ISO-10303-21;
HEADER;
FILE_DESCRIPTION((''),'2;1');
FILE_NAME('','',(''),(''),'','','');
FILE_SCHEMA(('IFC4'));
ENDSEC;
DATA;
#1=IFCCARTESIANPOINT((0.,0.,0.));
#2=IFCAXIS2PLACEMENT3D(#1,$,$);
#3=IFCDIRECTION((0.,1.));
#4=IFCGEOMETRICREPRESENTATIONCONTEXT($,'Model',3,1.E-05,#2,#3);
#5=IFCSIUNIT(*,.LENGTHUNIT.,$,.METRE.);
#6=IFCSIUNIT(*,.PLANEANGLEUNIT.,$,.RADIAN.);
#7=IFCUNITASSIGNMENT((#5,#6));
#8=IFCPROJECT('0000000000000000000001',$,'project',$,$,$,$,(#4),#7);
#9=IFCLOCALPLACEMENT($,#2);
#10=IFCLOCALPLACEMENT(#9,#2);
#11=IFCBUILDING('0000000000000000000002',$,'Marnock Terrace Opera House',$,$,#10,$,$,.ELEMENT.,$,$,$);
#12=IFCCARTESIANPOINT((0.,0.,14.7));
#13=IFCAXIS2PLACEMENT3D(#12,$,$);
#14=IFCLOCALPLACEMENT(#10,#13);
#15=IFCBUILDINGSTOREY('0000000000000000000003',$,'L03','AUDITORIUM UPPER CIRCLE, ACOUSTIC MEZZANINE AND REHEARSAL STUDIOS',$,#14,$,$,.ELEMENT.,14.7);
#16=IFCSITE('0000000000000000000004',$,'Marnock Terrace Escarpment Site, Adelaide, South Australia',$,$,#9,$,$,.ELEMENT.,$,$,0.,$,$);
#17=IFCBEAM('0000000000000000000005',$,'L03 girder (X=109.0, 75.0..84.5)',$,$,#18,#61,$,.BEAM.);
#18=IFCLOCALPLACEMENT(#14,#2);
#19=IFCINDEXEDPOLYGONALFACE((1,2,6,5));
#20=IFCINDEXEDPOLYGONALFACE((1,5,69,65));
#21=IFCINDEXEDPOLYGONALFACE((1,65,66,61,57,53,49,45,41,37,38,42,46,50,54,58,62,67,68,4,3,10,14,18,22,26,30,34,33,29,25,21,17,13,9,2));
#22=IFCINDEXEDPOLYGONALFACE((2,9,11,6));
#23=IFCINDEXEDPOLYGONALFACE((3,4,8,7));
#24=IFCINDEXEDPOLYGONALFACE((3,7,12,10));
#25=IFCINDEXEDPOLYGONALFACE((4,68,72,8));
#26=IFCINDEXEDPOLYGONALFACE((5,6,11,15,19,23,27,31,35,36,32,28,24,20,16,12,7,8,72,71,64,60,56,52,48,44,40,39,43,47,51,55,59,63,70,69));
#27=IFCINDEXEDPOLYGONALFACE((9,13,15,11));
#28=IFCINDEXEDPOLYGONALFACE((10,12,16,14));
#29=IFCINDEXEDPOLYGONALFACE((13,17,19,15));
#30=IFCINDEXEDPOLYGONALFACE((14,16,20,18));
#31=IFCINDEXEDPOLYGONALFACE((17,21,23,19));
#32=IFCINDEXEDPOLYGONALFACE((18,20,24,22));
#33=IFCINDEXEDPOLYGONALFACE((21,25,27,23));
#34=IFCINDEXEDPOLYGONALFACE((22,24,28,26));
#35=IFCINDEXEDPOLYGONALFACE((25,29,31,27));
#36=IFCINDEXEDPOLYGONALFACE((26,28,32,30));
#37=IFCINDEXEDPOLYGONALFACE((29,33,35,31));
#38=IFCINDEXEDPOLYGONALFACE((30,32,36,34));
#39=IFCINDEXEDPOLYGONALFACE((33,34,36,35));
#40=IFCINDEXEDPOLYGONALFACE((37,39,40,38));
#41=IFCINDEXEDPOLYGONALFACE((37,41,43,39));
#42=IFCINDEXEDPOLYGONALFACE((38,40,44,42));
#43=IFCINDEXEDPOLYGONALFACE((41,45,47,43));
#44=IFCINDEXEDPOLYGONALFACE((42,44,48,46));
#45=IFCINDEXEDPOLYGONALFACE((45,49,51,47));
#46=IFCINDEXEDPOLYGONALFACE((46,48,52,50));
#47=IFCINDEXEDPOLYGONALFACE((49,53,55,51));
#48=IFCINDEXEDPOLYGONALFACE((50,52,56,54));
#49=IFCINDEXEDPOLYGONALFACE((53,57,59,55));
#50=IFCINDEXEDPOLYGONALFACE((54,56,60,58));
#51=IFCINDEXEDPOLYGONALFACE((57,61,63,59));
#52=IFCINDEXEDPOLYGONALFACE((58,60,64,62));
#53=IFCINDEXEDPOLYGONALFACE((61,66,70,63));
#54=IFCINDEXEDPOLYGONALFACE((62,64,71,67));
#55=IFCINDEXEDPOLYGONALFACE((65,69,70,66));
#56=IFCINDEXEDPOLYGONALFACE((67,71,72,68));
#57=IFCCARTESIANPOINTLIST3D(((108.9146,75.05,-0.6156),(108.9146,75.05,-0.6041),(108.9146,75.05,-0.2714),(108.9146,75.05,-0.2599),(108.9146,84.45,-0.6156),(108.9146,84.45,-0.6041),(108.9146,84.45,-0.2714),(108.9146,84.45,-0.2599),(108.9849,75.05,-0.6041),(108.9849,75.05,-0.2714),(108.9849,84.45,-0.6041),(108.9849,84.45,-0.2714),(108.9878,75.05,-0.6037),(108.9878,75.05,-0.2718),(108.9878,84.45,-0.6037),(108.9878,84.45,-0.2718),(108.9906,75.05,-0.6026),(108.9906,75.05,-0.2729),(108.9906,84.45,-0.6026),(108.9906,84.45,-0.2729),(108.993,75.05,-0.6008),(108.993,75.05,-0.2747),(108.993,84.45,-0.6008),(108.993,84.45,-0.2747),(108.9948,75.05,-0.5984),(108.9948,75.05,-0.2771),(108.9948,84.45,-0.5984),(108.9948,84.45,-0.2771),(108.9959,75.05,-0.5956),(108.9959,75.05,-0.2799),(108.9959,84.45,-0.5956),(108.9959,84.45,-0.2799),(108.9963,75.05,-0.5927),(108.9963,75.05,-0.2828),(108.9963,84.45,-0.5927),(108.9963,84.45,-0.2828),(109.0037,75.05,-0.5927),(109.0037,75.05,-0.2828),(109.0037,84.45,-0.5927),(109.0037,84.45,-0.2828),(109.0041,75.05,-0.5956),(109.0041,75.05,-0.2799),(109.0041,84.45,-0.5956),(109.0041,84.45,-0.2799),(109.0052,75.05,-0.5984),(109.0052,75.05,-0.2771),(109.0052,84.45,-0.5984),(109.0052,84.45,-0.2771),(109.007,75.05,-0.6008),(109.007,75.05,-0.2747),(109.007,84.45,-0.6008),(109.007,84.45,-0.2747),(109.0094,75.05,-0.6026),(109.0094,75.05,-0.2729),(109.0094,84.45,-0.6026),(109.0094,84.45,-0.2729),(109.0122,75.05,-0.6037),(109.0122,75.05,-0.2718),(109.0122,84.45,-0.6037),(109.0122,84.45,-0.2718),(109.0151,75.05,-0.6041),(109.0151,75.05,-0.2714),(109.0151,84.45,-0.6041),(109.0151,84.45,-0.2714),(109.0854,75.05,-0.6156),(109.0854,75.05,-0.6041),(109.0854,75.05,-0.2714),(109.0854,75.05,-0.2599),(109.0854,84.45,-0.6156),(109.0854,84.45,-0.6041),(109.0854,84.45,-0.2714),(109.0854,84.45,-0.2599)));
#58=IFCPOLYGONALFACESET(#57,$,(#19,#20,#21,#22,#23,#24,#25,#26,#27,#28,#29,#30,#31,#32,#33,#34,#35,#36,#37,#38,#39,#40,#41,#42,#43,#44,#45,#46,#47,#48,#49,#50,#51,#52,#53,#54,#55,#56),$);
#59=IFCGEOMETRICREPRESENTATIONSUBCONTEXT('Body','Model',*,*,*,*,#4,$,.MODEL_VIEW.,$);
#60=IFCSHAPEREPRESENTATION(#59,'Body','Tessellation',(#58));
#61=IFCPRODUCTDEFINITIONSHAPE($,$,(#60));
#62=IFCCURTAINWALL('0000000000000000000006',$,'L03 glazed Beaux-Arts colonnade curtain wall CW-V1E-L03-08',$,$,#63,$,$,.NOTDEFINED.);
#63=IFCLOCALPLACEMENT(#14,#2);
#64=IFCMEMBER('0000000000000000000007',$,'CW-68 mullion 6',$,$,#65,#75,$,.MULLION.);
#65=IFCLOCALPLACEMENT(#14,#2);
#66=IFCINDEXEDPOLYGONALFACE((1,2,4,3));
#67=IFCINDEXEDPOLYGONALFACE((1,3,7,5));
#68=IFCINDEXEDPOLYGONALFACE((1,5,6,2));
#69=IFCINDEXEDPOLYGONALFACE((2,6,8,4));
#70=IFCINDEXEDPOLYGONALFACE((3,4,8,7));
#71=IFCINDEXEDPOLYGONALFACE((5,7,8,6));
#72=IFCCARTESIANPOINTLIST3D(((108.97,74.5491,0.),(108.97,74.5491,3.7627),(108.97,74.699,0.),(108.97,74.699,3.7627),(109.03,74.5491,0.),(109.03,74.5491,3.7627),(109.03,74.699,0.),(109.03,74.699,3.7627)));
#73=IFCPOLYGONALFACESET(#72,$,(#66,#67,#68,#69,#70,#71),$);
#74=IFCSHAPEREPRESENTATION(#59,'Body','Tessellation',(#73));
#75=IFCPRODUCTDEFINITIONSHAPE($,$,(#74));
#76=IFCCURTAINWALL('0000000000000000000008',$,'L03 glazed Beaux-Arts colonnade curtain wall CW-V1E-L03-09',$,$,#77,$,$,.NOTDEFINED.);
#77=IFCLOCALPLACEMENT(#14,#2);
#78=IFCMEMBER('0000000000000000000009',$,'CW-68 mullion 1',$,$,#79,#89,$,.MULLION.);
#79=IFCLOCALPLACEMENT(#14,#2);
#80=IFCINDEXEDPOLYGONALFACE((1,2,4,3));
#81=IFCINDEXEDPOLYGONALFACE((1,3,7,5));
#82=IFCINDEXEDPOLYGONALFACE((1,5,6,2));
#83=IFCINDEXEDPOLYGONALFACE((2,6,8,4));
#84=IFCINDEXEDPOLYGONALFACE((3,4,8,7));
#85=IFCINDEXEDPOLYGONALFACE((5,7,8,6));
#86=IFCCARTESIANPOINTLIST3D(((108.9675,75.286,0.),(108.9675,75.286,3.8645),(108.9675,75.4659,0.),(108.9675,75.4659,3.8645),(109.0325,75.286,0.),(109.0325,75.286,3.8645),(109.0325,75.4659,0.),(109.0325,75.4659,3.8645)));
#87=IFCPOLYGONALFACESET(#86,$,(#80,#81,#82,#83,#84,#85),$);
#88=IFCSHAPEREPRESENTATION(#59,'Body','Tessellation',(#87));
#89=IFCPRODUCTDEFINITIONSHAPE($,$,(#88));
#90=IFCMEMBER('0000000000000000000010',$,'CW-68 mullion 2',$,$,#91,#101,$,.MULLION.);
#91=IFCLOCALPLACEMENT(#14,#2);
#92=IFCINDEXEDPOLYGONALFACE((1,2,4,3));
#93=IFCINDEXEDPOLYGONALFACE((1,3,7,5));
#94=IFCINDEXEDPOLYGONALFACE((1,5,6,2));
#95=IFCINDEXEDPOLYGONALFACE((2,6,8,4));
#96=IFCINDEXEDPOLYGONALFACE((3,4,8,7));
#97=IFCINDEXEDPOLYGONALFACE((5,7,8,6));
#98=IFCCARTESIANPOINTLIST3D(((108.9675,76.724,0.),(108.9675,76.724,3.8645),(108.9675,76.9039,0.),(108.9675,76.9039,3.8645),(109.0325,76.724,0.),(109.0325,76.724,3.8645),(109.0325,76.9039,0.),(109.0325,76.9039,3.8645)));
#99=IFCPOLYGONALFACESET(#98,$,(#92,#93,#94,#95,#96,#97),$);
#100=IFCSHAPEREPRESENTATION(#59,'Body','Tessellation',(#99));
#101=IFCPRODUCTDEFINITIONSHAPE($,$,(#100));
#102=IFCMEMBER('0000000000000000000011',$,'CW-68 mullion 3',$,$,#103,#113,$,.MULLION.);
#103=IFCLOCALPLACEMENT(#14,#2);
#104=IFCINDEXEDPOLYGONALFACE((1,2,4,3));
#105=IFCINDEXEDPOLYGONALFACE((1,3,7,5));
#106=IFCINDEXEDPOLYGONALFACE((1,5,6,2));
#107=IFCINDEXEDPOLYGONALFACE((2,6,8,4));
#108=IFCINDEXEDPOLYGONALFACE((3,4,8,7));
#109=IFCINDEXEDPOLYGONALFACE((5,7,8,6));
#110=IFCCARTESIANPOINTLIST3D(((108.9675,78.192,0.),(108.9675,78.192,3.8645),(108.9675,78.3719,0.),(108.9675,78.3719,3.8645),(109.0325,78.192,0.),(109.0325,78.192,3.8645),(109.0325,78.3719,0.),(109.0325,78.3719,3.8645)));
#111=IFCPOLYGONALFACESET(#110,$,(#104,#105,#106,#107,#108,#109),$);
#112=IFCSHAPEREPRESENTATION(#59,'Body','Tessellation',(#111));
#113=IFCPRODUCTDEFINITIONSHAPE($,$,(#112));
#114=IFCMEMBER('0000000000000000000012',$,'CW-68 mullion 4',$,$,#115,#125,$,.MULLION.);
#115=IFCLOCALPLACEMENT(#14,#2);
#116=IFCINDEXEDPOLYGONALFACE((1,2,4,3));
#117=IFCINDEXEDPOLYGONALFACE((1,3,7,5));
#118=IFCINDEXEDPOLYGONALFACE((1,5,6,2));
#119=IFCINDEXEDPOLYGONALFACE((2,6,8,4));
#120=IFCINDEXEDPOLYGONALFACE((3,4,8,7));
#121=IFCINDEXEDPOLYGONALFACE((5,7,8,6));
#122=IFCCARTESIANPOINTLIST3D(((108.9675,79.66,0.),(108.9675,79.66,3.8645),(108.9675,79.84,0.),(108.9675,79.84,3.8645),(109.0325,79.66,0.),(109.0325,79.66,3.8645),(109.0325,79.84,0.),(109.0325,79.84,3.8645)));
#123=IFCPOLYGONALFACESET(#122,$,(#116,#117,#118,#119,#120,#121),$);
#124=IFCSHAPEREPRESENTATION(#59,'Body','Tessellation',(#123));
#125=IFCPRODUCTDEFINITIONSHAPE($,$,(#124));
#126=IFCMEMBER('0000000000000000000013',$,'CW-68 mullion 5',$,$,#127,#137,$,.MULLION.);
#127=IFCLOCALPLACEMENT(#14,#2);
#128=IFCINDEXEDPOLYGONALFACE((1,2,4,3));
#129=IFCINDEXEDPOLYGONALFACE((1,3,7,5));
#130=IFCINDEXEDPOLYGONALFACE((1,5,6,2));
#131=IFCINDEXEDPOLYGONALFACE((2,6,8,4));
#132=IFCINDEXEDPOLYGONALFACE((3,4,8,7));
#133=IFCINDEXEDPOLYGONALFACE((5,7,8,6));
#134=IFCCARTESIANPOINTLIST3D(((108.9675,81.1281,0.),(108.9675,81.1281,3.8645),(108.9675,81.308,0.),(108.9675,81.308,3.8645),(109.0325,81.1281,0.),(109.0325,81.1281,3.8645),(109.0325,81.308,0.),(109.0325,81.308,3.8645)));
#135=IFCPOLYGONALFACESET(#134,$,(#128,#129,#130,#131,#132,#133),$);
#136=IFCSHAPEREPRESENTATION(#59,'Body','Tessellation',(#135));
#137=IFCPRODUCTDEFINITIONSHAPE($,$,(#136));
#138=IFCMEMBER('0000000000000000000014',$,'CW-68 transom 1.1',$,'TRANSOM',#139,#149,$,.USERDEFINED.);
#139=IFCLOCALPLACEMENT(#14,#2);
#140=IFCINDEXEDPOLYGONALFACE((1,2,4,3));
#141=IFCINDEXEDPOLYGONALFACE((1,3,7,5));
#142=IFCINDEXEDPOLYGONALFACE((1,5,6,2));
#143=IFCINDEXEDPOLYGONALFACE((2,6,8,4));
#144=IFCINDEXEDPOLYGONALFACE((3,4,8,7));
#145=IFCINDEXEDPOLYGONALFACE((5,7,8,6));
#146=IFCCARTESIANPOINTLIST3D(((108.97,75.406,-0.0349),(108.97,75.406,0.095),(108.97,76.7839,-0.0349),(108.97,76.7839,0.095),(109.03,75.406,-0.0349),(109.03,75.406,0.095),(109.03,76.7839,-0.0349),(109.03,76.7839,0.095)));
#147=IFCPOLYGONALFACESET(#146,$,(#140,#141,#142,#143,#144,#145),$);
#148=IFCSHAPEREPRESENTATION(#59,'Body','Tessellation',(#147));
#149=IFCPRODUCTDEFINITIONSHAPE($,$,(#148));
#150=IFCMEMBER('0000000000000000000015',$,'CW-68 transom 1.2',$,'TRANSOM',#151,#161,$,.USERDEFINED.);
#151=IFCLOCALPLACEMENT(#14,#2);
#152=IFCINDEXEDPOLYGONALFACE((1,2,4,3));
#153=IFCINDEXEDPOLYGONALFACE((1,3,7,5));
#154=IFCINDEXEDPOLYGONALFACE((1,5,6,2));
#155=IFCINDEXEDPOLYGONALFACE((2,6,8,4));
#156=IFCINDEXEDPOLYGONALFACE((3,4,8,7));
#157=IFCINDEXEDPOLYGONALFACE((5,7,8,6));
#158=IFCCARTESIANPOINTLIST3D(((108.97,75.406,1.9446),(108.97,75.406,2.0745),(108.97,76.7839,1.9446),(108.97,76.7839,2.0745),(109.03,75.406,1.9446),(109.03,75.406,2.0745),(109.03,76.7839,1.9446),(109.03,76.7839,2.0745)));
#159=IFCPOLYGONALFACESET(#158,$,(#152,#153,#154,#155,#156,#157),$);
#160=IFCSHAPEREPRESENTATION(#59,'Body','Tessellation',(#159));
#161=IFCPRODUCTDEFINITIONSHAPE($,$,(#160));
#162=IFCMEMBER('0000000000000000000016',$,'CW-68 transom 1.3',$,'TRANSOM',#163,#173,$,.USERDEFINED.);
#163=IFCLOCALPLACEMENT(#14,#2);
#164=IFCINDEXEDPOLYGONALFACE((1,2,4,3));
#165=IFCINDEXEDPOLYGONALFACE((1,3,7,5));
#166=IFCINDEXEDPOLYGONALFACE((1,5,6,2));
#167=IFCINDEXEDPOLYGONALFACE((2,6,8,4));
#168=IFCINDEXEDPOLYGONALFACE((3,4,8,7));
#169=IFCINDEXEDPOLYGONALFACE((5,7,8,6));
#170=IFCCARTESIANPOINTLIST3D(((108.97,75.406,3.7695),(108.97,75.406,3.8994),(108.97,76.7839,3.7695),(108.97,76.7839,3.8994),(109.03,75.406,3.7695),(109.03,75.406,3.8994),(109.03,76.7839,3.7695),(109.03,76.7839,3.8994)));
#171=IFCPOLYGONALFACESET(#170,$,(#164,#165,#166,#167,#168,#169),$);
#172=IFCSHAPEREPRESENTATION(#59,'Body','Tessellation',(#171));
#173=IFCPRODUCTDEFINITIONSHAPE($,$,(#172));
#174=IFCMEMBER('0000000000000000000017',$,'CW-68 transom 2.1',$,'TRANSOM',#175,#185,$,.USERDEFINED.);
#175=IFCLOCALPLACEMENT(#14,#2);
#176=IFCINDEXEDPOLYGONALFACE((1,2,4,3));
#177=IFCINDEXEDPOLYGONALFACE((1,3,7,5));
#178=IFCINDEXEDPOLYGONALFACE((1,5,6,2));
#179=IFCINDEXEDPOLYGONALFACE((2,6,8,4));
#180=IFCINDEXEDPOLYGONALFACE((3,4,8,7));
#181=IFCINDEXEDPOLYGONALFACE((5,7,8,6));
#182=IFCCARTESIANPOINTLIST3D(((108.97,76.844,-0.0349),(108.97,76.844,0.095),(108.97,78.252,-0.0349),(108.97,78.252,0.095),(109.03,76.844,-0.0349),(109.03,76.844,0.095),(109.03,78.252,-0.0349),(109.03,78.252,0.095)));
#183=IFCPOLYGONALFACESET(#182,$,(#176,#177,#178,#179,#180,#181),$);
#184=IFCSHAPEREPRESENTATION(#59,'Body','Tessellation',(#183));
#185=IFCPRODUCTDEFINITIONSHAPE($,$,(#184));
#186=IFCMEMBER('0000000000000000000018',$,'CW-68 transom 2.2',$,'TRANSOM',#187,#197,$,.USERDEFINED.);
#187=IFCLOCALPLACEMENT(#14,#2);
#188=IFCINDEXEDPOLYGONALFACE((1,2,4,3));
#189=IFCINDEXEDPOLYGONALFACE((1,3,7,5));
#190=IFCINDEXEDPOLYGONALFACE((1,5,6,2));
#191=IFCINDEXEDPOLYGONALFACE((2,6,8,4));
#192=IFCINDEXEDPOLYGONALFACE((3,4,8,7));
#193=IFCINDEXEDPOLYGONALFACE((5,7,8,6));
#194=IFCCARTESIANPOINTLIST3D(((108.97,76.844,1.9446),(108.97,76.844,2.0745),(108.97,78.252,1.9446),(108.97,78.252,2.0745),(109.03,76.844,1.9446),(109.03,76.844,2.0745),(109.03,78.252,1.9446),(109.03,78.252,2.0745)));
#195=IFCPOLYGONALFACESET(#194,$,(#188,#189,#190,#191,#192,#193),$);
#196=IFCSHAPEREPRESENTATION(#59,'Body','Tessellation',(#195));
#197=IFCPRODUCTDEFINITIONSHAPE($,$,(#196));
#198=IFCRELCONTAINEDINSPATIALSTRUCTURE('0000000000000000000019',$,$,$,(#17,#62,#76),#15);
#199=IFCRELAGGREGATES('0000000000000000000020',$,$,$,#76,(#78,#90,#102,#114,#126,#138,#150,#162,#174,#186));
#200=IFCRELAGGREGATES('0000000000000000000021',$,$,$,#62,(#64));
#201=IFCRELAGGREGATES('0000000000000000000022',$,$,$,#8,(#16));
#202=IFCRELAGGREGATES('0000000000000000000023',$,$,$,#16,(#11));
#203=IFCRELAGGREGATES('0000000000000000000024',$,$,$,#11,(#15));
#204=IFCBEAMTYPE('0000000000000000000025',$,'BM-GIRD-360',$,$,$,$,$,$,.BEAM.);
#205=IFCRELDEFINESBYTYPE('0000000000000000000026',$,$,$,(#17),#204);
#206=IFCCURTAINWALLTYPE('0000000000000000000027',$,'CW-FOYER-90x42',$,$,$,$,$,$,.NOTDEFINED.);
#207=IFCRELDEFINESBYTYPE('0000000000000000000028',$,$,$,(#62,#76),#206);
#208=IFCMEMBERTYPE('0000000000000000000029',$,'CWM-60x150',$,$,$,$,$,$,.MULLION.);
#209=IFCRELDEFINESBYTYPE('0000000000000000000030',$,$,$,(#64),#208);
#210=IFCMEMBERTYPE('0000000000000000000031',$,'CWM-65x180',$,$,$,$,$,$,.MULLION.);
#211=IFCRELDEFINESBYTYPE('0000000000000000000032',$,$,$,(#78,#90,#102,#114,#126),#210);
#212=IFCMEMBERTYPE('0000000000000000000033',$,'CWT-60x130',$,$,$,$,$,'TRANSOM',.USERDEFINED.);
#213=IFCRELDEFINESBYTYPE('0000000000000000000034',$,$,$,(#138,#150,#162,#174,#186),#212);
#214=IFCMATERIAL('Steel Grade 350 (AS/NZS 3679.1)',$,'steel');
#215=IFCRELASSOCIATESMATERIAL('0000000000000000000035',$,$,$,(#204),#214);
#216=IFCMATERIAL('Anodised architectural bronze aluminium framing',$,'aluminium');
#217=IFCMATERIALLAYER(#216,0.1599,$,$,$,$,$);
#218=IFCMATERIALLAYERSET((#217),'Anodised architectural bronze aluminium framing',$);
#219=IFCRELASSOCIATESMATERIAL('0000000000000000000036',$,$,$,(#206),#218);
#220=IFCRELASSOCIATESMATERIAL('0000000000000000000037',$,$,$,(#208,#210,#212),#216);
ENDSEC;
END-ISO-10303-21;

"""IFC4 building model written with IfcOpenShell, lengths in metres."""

from ifc_helpers import new_model, si_unit, direction, frame, origin, origin_2d, place, context, subcontext, project, spatial, rectangle, i_section, extrude, material, layer, layer_set, material_profile, profile_set, type_object, element, aggregate, save


model = new_model("IFC4")

# Units and contexts
model_context = context("Model", 3, precision=1e-05, world=origin(), true_north=direction((0.0, 1.0)))
body_context = subcontext(model_context, "Body", "Model", "MODEL_VIEW")
ifc_project = project(units=[si_unit("LENGTHUNIT", "METRE"), si_unit("PLANEANGLEUNIT", "RADIAN")], contexts=[model_context])

# Site, building, storey
site_placement = place(None, origin())
site = spatial("IfcSite", under=ifc_project, at=site_placement, Name="Marnock Terrace Escarpment Site, Adelaide, South Australia", CompositionType="ELEMENT", RefElevation=0.0)
building_placement = place(site_placement, origin())
building = spatial("IfcBuilding", under=site, at=building_placement, Name="Marnock Terrace Opera House", CompositionType="ELEMENT")
storey_placement = place(building_placement, frame((0.0, 0.0, 14.7)))
storey = spatial("IfcBuildingStorey", under=building, at=storey_placement, Name="L03", Description="AUDITORIUM UPPER CIRCLE, ACOUSTIC MEZZANINE AND REHEARSAL STUDIOS", CompositionType="ELEMENT", Elevation=14.7)

# Beam
ifc_material_1 = material(Name="Steel Grade 350 (AS/NZS 3679.1)", Category="steel")
ifc_material_profile_1 = material_profile(ifc_material_1, i_section(OverallWidth=0.1709, OverallDepth=0.3557, WebThickness=0.0073, FlangeThickness=0.0115, FilletRadius=0.0115, at=origin_2d()))
ifc_profile_set_1 = profile_set([ifc_material_profile_1], Name="Steel Grade 350 (AS/NZS 3679.1)")
beam_type = type_object("IfcBeamType", Name="BM-GIRD-360", PredefinedType="BEAM", material=ifc_profile_set_1)
beam_placement = place(storey_placement, frame((109.0, 75.05, -0.4377), z_axis=(0.0, 1.0, 0.0), x_axis=(-1.0, 0.0, 0.0)))
element("IfcBeam", 1, at=beam_placement, inside=storey, type_object=beam_type, Name="L03 girder (X=109.0, 75.0..84.5)", PredefinedType="BEAM", context=body_context, shape_type="SweptSolid", body=[
    extrude(i_section(OverallWidth=0.1709, OverallDepth=0.3557, WebThickness=0.0073, FlangeThickness=0.0115, FilletRadius=0.0115, at=origin_2d()), origin(), (0.0, 0.0, 1.0), 9.3999),
])

# Curtain wall, member
ifc_material_2 = material(Name="Anodised architectural bronze aluminium framing", Category="aluminium")
ifc_layer_1 = layer(ifc_material_2, 0.1599)
ifc_layer_set_1 = layer_set([ifc_layer_1], Name="Anodised architectural bronze aluminium framing")
curtain_wall_type = type_object("IfcCurtainWallType", Name="CW-FOYER-90x42", PredefinedType="NOTDEFINED", material=ifc_layer_set_1)
curtain_wall_1_placement = place(storey_placement, origin())
curtain_wall_1 = element("IfcCurtainWall", 2, at=curtain_wall_1_placement, inside=storey, type_object=curtain_wall_type, Name="L03 glazed Beaux-Arts colonnade curtain wall CW-V1E-L03-08", PredefinedType="NOTDEFINED")
ifc_material_profile_2 = material_profile(ifc_material_2, rectangle(XDim=0.0601, YDim=0.1499, at=origin_2d()))
ifc_profile_set_2 = profile_set([ifc_material_profile_2], Name="Anodised architectural bronze aluminium framing")
member_type_1 = type_object("IfcMemberType", Name="CWM-60x150", PredefinedType="MULLION", material=ifc_profile_set_2)
member_1_placement = place(storey_placement, frame((109.0, 74.624, 0.0), z_axis=(0.0, 0.0, 1.0), x_axis=(-1.0, 0.0, 0.0)))
member_1 = element("IfcMember", 3, at=member_1_placement, type_object=member_type_1, Name="CW-68 mullion 6", PredefinedType="MULLION", context=body_context, shape_type="SweptSolid", body=[
    extrude(rectangle(XDim=0.0601, YDim=0.1499, at=origin_2d()), origin(), (0.0, 0.0, 1.0), 3.7627),
])

# Curtain wall, members
curtain_wall_2_placement = place(storey_placement, origin())
curtain_wall_2 = element("IfcCurtainWall", 4, at=curtain_wall_2_placement, inside=storey, type_object=curtain_wall_type, Name="L03 glazed Beaux-Arts colonnade curtain wall CW-V1E-L03-09", PredefinedType="NOTDEFINED")
ifc_material_profile_3 = material_profile(ifc_material_2, rectangle(XDim=0.0649, YDim=0.1799, at=origin_2d()))
ifc_profile_set_3 = profile_set([ifc_material_profile_3], Name="Anodised architectural bronze aluminium framing")
member_type_2 = type_object("IfcMemberType", Name="CWM-65x180", PredefinedType="MULLION", material=ifc_profile_set_3)
member_2_placement = place(storey_placement, frame((109.0, 75.376, 0.0), z_axis=(0.0, 0.0, 1.0), x_axis=(-1.0, 0.0, 0.0)))
member_2 = element("IfcMember", 5, at=member_2_placement, type_object=member_type_2, Name="CW-68 mullion 1", PredefinedType="MULLION", context=body_context, shape_type="SweptSolid", body=[
    extrude(rectangle(XDim=0.0649, YDim=0.1799, at=origin_2d()), origin(), (0.0, 0.0, 1.0), 3.8645),
])
member_3_placement = place(storey_placement, frame((109.0, 76.814, 0.0), z_axis=(0.0, 0.0, 1.0), x_axis=(-1.0, 0.0, 0.0)))
member_3 = element("IfcMember", 6, at=member_3_placement, type_object=member_type_2, Name="CW-68 mullion 2", PredefinedType="MULLION", context=body_context, shape_type="SweptSolid", body=[
    extrude(rectangle(XDim=0.0649, YDim=0.1799, at=origin_2d()), origin(), (0.0, 0.0, 1.0), 3.8645),
])
member_4_placement = place(storey_placement, frame((109.0, 78.282, 0.0), z_axis=(0.0, 0.0, 1.0), x_axis=(-1.0, 0.0, 0.0)))
member_4 = element("IfcMember", 7, at=member_4_placement, type_object=member_type_2, Name="CW-68 mullion 3", PredefinedType="MULLION", context=body_context, shape_type="SweptSolid", body=[
    extrude(rectangle(XDim=0.0649, YDim=0.1799, at=origin_2d()), origin(), (0.0, 0.0, 1.0), 3.8645),
])
member_5_placement = place(storey_placement, frame((109.0, 79.75, 0.0), z_axis=(0.0, 0.0, 1.0), x_axis=(-1.0, 0.0, 0.0)))
member_5 = element("IfcMember", 8, at=member_5_placement, type_object=member_type_2, Name="CW-68 mullion 4", PredefinedType="MULLION", context=body_context, shape_type="SweptSolid", body=[
    extrude(rectangle(XDim=0.0649, YDim=0.1799, at=origin_2d()), origin(), (0.0, 0.0, 1.0), 3.8645),
])
member_6_placement = place(storey_placement, frame((109.0, 81.218, 0.0), z_axis=(0.0, 0.0, 1.0), x_axis=(-1.0, 0.0, 0.0)))
member_6 = element("IfcMember", 9, at=member_6_placement, type_object=member_type_2, Name="CW-68 mullion 5", PredefinedType="MULLION", context=body_context, shape_type="SweptSolid", body=[
    extrude(rectangle(XDim=0.0649, YDim=0.1799, at=origin_2d()), origin(), (0.0, 0.0, 1.0), 3.8645),
])
ifc_material_profile_4 = material_profile(ifc_material_2, rectangle(XDim=0.0601, YDim=0.1299, at=origin_2d()))
ifc_profile_set_4 = profile_set([ifc_material_profile_4], Name="Anodised architectural bronze aluminium framing")
member_type_3 = type_object("IfcMemberType", Name="CWT-60x130", ElementType="TRANSOM", PredefinedType="USERDEFINED", material=ifc_profile_set_4)
member_7_placement = place(storey_placement, frame((109.0, 75.406, 0.03), z_axis=(0.0, 1.0, 0.0), x_axis=(-1.0, 0.0, 0.0)))
member_7 = element("IfcMember", 10, at=member_7_placement, type_object=member_type_3, Name="CW-68 transom 1.1", ObjectType="TRANSOM", PredefinedType="USERDEFINED", context=body_context, shape_type="SweptSolid", body=[
    extrude(rectangle(XDim=0.0601, YDim=0.1299, at=origin_2d()), origin(), (0.0, 0.0, 1.0), 1.3779),
])
member_8_placement = place(storey_placement, frame((109.0, 75.406, 2.0095), z_axis=(0.0, 1.0, 0.0), x_axis=(-1.0, 0.0, 0.0)))
member_8 = element("IfcMember", 11, at=member_8_placement, type_object=member_type_3, Name="CW-68 transom 1.2", ObjectType="TRANSOM", PredefinedType="USERDEFINED", context=body_context, shape_type="SweptSolid", body=[
    extrude(rectangle(XDim=0.0601, YDim=0.1299, at=origin_2d()), origin(), (0.0, 0.0, 1.0), 1.3779),
])
member_9_placement = place(storey_placement, frame((109.0, 75.406, 3.8345), z_axis=(0.0, 1.0, 0.0), x_axis=(-1.0, 0.0, 0.0)))
member_9 = element("IfcMember", 12, at=member_9_placement, type_object=member_type_3, Name="CW-68 transom 1.3", ObjectType="TRANSOM", PredefinedType="USERDEFINED", context=body_context, shape_type="SweptSolid", body=[
    extrude(rectangle(XDim=0.0601, YDim=0.1299, at=origin_2d()), origin(), (0.0, 0.0, 1.0), 1.3779),
])
member_10_placement = place(storey_placement, frame((109.0, 76.844, 0.03), z_axis=(0.0, 1.0, 0.0), x_axis=(-1.0, 0.0, 0.0)))
member_10 = element("IfcMember", 13, at=member_10_placement, type_object=member_type_3, Name="CW-68 transom 2.1", ObjectType="TRANSOM", PredefinedType="USERDEFINED", context=body_context, shape_type="SweptSolid", body=[
    extrude(rectangle(XDim=0.0601, YDim=0.1299, at=origin_2d()), origin(), (0.0, 0.0, 1.0), 1.408),
])
member_11_placement = place(storey_placement, frame((109.0, 76.844, 2.0095), z_axis=(0.0, 1.0, 0.0), x_axis=(-1.0, 0.0, 0.0)))
member_11 = element("IfcMember", 14, at=member_11_placement, type_object=member_type_3, Name="CW-68 transom 2.2", ObjectType="TRANSOM", PredefinedType="USERDEFINED", context=body_context, shape_type="SweptSolid", body=[
    extrude(rectangle(XDim=0.0601, YDim=0.1299, at=origin_2d()), origin(), (0.0, 0.0, 1.0), 1.408),
])
aggregate(curtain_wall_2, [member_2, member_3, member_4, member_5, member_6, member_7, member_8, member_9, member_10, member_11])

aggregate(curtain_wall_1, [member_1])

save(model, "model.ifc")
